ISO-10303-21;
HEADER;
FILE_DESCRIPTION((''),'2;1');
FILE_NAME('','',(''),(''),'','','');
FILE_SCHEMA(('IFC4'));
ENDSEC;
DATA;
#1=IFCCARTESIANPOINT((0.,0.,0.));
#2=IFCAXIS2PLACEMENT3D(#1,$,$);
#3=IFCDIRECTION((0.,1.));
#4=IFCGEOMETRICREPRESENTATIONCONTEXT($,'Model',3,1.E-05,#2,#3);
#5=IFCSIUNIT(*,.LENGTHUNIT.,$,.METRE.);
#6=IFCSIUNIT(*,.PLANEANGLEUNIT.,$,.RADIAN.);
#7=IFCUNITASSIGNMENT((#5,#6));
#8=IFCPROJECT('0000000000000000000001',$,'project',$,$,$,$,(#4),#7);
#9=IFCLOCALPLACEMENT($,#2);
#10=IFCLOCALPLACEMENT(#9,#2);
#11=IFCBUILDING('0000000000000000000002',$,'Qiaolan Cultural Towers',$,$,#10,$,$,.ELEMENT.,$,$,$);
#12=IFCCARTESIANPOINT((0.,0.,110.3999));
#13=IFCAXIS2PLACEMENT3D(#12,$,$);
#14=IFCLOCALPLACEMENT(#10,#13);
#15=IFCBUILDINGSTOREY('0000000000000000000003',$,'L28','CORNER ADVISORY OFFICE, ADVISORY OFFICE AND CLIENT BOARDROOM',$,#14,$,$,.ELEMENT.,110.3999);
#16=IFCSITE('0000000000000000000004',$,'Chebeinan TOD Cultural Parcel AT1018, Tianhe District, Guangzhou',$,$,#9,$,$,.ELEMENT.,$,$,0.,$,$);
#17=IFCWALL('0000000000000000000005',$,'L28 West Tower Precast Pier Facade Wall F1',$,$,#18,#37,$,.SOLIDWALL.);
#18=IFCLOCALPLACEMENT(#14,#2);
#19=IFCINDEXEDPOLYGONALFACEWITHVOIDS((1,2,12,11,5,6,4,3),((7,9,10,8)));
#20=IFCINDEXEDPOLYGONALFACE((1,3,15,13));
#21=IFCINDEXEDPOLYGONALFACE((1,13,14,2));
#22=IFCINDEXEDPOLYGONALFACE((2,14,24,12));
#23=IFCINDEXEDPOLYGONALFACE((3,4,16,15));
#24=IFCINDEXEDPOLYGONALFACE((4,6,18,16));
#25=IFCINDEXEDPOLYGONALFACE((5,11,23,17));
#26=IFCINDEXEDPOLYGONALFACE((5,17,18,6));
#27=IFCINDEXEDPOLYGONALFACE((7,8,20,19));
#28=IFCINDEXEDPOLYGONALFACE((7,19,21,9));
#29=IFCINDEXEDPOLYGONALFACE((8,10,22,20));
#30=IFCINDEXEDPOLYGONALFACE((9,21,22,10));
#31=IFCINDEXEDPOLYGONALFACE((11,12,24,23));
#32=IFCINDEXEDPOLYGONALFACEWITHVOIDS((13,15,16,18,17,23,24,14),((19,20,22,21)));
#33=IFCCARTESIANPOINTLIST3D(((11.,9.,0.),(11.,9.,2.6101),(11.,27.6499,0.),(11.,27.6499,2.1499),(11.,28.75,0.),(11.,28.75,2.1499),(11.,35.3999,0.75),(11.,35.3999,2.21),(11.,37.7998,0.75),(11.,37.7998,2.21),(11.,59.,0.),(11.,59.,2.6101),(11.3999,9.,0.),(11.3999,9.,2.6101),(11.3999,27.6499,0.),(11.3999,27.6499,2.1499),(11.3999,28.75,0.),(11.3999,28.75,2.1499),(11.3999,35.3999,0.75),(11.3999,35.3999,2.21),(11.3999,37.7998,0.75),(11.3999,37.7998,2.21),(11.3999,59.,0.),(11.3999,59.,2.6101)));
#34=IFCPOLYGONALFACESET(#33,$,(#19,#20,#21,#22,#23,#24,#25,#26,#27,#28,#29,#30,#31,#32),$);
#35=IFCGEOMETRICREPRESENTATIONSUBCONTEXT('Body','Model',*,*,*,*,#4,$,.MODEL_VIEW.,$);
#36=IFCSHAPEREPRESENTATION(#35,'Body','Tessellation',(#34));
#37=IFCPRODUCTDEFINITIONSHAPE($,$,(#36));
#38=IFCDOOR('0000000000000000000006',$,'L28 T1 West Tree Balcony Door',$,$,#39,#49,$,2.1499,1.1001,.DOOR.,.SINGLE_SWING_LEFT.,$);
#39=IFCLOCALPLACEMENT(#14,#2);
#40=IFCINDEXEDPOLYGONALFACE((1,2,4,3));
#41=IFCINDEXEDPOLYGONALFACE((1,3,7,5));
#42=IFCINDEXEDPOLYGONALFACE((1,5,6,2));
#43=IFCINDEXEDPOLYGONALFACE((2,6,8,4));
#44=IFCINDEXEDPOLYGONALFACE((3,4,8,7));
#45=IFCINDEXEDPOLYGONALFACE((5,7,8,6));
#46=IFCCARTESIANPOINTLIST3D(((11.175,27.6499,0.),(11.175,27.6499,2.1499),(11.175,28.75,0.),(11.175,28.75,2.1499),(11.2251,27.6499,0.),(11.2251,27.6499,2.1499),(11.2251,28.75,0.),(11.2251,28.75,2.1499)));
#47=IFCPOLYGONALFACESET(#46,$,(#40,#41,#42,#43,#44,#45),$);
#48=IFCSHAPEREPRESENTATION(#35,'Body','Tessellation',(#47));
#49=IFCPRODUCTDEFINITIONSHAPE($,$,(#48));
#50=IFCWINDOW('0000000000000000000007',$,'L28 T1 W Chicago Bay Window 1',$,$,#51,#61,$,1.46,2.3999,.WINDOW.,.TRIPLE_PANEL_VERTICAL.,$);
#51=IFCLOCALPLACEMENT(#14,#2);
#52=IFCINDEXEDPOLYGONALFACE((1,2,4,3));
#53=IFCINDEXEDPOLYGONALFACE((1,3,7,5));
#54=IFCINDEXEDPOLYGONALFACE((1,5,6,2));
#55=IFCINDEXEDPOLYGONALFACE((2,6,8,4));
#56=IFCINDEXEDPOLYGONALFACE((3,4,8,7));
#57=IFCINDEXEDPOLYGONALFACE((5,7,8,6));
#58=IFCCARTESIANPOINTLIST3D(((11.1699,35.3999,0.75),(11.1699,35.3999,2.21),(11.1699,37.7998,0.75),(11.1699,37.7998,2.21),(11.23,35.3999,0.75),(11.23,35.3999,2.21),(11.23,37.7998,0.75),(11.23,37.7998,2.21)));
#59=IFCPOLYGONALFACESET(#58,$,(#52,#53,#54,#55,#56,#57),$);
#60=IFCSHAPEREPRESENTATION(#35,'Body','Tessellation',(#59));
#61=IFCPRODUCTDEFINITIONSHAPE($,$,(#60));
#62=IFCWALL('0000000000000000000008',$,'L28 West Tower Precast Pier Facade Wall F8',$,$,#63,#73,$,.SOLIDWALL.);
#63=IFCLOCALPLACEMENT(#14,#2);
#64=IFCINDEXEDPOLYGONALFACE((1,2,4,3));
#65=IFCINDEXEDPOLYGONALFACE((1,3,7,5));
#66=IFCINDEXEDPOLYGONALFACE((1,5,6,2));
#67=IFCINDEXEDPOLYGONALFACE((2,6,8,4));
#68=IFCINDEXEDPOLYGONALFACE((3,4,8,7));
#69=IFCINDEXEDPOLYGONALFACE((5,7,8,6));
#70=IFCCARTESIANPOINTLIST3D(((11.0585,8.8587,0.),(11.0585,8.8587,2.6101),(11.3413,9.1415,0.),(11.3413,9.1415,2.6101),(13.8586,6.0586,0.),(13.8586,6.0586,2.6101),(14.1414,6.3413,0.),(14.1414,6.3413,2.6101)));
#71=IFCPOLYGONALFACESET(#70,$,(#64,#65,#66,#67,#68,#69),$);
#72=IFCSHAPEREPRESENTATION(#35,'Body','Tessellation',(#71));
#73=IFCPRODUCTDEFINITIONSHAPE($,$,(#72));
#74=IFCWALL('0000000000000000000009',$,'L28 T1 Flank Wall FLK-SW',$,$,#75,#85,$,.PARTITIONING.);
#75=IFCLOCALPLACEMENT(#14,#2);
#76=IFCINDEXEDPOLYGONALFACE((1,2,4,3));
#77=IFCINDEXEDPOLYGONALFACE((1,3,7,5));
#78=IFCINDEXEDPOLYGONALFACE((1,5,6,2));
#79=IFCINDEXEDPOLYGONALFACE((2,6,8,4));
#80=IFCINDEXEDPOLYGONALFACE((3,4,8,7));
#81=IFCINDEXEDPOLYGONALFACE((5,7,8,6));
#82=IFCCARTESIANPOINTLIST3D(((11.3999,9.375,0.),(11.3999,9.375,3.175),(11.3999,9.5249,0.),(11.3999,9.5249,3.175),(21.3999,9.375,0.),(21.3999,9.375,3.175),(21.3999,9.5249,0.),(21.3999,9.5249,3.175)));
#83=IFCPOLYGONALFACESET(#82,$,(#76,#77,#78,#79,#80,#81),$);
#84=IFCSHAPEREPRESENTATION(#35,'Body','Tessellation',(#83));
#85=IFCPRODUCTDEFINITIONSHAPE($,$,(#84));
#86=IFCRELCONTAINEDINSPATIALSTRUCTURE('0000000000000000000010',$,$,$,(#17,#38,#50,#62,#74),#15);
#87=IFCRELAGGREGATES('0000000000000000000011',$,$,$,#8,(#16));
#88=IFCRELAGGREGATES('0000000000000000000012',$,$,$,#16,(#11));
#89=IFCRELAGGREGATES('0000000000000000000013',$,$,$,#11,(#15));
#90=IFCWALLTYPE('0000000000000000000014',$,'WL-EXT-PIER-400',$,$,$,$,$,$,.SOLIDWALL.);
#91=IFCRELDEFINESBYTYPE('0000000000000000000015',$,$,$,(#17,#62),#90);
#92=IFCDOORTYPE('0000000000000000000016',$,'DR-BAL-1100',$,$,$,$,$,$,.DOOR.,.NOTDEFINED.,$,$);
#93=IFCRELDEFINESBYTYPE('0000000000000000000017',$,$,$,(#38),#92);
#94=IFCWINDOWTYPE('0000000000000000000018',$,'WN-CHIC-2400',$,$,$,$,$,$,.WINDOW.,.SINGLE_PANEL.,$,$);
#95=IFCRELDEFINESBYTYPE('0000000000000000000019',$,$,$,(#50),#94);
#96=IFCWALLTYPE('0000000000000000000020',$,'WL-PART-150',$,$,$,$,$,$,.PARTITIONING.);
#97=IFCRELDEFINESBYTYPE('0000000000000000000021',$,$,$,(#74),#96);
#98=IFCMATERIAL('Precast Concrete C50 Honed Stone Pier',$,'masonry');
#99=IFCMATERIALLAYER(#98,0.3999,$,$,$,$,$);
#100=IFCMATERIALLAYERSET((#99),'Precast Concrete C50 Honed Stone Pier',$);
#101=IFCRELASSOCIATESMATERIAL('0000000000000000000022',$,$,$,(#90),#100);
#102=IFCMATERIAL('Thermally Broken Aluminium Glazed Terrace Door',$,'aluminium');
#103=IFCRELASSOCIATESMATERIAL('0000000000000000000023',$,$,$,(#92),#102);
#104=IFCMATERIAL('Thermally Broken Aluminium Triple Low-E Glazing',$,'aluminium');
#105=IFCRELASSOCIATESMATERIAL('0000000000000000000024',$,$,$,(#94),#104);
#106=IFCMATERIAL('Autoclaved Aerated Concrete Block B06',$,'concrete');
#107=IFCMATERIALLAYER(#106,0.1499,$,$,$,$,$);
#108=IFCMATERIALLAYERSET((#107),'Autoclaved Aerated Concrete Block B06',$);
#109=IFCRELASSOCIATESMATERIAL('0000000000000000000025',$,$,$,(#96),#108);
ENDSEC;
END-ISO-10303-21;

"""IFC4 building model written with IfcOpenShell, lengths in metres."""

from ifc_helpers import new_model, si_unit, direction, frame, frame_2d, origin, place, context, subcontext, project, spatial, rectangle, extrude, material, layer, layer_set, type_object, element, fill, save


model = new_model("IFC4")

# Units and contexts
model_context = context("Model", 3, precision=1e-05, world=origin(), true_north=direction((0.0, 1.0)))
body_context = subcontext(model_context, "Body", "Model", "MODEL_VIEW")
ifc_project = project(units=[si_unit("LENGTHUNIT", "METRE"), si_unit("PLANEANGLEUNIT", "RADIAN")], contexts=[model_context])

# Site, building, storey
site_placement = place(None, origin())
site = spatial("IfcSite", under=ifc_project, at=site_placement, Name="Chebeinan TOD Cultural Parcel AT1018, Tianhe District, Guangzhou", CompositionType="ELEMENT", RefElevation=0.0)
building_placement = place(site_placement, origin())
building = spatial("IfcBuilding", under=site, at=building_placement, Name="Qiaolan Cultural Towers", CompositionType="ELEMENT")
storey_placement = place(building_placement, frame((0.0, 0.0, 110.3999)))
storey = spatial("IfcBuildingStorey", under=building, at=storey_placement, Name="L28", Description="CORNER ADVISORY OFFICE, ADVISORY OFFICE AND CLIENT BOARDROOM", CompositionType="ELEMENT", Elevation=110.3999)

# Wall, openings, door, window
ifc_material_1 = material(Name="Precast Concrete C50 Honed Stone Pier", Category="masonry")
ifc_layer_1 = layer(ifc_material_1, 0.3999)
ifc_layer_set_1 = layer_set([ifc_layer_1], Name="Precast Concrete C50 Honed Stone Pier")
wall_type_1 = type_object("IfcWallType", Name="WL-EXT-PIER-400", PredefinedType="SOLIDWALL", material=ifc_layer_set_1)
wall_1_placement = place(storey_placement, frame((11.2, 9.0, 0.0), z_axis=(0.0, 0.0, 1.0), x_axis=(0.0, 1.0, 0.0)))
wall_1 = element("IfcWall", 1, at=wall_1_placement, inside=storey, type_object=wall_type_1, Name="L28 West Tower Precast Pier Facade Wall F1", PredefinedType="SOLIDWALL", context=body_context, shape_type="SweptSolid", body=[
    extrude(rectangle(XDim=50.0, YDim=0.3999, at=frame_2d((25.0, 0.0))), origin(), (0.0, 0.0, 1.0), 2.6101),
])
opening_1_placement = place(wall_1_placement, frame((26.3999, 0.0, 0.75)))
opening_1 = element("IfcOpeningElement", 2, at=opening_1_placement, cuts=wall_1, PredefinedType="OPENING", context=body_context, shape_type="SweptSolid", body=[
    extrude(rectangle(XDim=2.3999, YDim=1.46, at=frame_2d((1.2, 0.73))), frame((0.0, 0.21, 0.0), z_axis=(0.0, -1.0, 0.0), x_axis=(1.0, 0.0, 0.0)), (0.0, 0.0, 1.0), 0.4199),
])
opening_2_placement = place(wall_1_placement, frame((18.6499, 0.0, 0.0)))
opening_2 = element("IfcOpeningElement", 3, at=opening_2_placement, cuts=wall_1, PredefinedType="OPENING", context=body_context, shape_type="SweptSolid", body=[
    extrude(rectangle(XDim=1.1001, YDim=2.1499, at=frame_2d((0.55, 1.075))), frame((0.0, 0.21, 0.0), z_axis=(0.0, -1.0, 0.0), x_axis=(1.0, 0.0, 0.0)), (0.0, 0.0, 1.0), 0.4199),
])
ifc_material_2 = material(Name="Thermally Broken Aluminium Glazed Terrace Door", Category="aluminium")
door_type = type_object("IfcDoorType", Name="DR-BAL-1100", OperationType="NOTDEFINED", PredefinedType="DOOR", material=ifc_material_2)
door_placement = place(opening_2_placement, origin())
door = element("IfcDoor", 4, at=door_placement, inside=storey, type_object=door_type, Name="L28 T1 West Tree Balcony Door", OperationType="SINGLE_SWING_LEFT", OverallHeight=2.1499, OverallWidth=1.1001, PredefinedType="DOOR", context=body_context, shape_type="SweptSolid", body=[
    extrude(rectangle(XDim=1.1001, YDim=2.1499, at=frame_2d((0.55, 1.075))), frame((0.0, 0.0249, 0.0), z_axis=(0.0, -1.0, 0.0), x_axis=(1.0, 0.0, 0.0)), (0.0, 0.0, 1.0), 0.05),
])
fill(opening_2, door)
ifc_material_3 = material(Name="Thermally Broken Aluminium Triple Low-E Glazing", Category="aluminium")
window_type = type_object("IfcWindowType", Name="WN-CHIC-2400", PartitioningType="SINGLE_PANEL", PredefinedType="WINDOW", material=ifc_material_3)
window_placement = place(opening_1_placement, origin())
window = element("IfcWindow", 5, at=window_placement, inside=storey, type_object=window_type, Name="L28 T1 W Chicago Bay Window 1", OverallHeight=1.46, OverallWidth=2.3999, PartitioningType="TRIPLE_PANEL_VERTICAL", PredefinedType="WINDOW", context=body_context, shape_type="SweptSolid", body=[
    extrude(rectangle(XDim=2.3999, YDim=1.46, at=frame_2d((1.2, 0.73))), frame((0.0, 0.03, 0.0), z_axis=(0.0, -1.0, 0.0), x_axis=(1.0, 0.0, 0.0)), (0.0, 0.0, 1.0), 0.0601),
])
fill(opening_1, window)

# Walls
wall_2_placement = place(storey_placement, frame((14.0, 6.2, 0.0), z_axis=(0.0, 0.0, 1.0), x_axis=(-0.707107, 0.707107, 0.0)))
element("IfcWall", 6, at=wall_2_placement, inside=storey, type_object=wall_type_1, Name="L28 West Tower Precast Pier Facade Wall F8", PredefinedType="SOLIDWALL", context=body_context, shape_type="SweptSolid", body=[
    extrude(rectangle(XDim=3.96, YDim=0.3999, at=frame_2d((1.98, 0.0))), origin(), (0.0, 0.0, 1.0), 2.6101),
])
ifc_material_4 = material(Name="Autoclaved Aerated Concrete Block B06", Category="concrete")
ifc_layer_2 = layer(ifc_material_4, 0.1499)
ifc_layer_set_2 = layer_set([ifc_layer_2], Name="Autoclaved Aerated Concrete Block B06")
wall_type_2 = type_object("IfcWallType", Name="WL-PART-150", PredefinedType="PARTITIONING", material=ifc_layer_set_2)
wall_3_placement = place(storey_placement, frame((11.3999, 9.45, 0.0), z_axis=(0.0, 0.0, 1.0), x_axis=(1.0, 0.0, 0.0)))
element("IfcWall", 7, at=wall_3_placement, inside=storey, type_object=wall_type_2, Name="L28 T1 Flank Wall FLK-SW", PredefinedType="PARTITIONING", context=body_context, shape_type="SweptSolid", body=[
    extrude(rectangle(XDim=10.0, YDim=0.1499, at=frame_2d((5.0, 0.0))), origin(), (0.0, 0.0, 1.0), 3.175),
])

save(model, "model.ifc")
